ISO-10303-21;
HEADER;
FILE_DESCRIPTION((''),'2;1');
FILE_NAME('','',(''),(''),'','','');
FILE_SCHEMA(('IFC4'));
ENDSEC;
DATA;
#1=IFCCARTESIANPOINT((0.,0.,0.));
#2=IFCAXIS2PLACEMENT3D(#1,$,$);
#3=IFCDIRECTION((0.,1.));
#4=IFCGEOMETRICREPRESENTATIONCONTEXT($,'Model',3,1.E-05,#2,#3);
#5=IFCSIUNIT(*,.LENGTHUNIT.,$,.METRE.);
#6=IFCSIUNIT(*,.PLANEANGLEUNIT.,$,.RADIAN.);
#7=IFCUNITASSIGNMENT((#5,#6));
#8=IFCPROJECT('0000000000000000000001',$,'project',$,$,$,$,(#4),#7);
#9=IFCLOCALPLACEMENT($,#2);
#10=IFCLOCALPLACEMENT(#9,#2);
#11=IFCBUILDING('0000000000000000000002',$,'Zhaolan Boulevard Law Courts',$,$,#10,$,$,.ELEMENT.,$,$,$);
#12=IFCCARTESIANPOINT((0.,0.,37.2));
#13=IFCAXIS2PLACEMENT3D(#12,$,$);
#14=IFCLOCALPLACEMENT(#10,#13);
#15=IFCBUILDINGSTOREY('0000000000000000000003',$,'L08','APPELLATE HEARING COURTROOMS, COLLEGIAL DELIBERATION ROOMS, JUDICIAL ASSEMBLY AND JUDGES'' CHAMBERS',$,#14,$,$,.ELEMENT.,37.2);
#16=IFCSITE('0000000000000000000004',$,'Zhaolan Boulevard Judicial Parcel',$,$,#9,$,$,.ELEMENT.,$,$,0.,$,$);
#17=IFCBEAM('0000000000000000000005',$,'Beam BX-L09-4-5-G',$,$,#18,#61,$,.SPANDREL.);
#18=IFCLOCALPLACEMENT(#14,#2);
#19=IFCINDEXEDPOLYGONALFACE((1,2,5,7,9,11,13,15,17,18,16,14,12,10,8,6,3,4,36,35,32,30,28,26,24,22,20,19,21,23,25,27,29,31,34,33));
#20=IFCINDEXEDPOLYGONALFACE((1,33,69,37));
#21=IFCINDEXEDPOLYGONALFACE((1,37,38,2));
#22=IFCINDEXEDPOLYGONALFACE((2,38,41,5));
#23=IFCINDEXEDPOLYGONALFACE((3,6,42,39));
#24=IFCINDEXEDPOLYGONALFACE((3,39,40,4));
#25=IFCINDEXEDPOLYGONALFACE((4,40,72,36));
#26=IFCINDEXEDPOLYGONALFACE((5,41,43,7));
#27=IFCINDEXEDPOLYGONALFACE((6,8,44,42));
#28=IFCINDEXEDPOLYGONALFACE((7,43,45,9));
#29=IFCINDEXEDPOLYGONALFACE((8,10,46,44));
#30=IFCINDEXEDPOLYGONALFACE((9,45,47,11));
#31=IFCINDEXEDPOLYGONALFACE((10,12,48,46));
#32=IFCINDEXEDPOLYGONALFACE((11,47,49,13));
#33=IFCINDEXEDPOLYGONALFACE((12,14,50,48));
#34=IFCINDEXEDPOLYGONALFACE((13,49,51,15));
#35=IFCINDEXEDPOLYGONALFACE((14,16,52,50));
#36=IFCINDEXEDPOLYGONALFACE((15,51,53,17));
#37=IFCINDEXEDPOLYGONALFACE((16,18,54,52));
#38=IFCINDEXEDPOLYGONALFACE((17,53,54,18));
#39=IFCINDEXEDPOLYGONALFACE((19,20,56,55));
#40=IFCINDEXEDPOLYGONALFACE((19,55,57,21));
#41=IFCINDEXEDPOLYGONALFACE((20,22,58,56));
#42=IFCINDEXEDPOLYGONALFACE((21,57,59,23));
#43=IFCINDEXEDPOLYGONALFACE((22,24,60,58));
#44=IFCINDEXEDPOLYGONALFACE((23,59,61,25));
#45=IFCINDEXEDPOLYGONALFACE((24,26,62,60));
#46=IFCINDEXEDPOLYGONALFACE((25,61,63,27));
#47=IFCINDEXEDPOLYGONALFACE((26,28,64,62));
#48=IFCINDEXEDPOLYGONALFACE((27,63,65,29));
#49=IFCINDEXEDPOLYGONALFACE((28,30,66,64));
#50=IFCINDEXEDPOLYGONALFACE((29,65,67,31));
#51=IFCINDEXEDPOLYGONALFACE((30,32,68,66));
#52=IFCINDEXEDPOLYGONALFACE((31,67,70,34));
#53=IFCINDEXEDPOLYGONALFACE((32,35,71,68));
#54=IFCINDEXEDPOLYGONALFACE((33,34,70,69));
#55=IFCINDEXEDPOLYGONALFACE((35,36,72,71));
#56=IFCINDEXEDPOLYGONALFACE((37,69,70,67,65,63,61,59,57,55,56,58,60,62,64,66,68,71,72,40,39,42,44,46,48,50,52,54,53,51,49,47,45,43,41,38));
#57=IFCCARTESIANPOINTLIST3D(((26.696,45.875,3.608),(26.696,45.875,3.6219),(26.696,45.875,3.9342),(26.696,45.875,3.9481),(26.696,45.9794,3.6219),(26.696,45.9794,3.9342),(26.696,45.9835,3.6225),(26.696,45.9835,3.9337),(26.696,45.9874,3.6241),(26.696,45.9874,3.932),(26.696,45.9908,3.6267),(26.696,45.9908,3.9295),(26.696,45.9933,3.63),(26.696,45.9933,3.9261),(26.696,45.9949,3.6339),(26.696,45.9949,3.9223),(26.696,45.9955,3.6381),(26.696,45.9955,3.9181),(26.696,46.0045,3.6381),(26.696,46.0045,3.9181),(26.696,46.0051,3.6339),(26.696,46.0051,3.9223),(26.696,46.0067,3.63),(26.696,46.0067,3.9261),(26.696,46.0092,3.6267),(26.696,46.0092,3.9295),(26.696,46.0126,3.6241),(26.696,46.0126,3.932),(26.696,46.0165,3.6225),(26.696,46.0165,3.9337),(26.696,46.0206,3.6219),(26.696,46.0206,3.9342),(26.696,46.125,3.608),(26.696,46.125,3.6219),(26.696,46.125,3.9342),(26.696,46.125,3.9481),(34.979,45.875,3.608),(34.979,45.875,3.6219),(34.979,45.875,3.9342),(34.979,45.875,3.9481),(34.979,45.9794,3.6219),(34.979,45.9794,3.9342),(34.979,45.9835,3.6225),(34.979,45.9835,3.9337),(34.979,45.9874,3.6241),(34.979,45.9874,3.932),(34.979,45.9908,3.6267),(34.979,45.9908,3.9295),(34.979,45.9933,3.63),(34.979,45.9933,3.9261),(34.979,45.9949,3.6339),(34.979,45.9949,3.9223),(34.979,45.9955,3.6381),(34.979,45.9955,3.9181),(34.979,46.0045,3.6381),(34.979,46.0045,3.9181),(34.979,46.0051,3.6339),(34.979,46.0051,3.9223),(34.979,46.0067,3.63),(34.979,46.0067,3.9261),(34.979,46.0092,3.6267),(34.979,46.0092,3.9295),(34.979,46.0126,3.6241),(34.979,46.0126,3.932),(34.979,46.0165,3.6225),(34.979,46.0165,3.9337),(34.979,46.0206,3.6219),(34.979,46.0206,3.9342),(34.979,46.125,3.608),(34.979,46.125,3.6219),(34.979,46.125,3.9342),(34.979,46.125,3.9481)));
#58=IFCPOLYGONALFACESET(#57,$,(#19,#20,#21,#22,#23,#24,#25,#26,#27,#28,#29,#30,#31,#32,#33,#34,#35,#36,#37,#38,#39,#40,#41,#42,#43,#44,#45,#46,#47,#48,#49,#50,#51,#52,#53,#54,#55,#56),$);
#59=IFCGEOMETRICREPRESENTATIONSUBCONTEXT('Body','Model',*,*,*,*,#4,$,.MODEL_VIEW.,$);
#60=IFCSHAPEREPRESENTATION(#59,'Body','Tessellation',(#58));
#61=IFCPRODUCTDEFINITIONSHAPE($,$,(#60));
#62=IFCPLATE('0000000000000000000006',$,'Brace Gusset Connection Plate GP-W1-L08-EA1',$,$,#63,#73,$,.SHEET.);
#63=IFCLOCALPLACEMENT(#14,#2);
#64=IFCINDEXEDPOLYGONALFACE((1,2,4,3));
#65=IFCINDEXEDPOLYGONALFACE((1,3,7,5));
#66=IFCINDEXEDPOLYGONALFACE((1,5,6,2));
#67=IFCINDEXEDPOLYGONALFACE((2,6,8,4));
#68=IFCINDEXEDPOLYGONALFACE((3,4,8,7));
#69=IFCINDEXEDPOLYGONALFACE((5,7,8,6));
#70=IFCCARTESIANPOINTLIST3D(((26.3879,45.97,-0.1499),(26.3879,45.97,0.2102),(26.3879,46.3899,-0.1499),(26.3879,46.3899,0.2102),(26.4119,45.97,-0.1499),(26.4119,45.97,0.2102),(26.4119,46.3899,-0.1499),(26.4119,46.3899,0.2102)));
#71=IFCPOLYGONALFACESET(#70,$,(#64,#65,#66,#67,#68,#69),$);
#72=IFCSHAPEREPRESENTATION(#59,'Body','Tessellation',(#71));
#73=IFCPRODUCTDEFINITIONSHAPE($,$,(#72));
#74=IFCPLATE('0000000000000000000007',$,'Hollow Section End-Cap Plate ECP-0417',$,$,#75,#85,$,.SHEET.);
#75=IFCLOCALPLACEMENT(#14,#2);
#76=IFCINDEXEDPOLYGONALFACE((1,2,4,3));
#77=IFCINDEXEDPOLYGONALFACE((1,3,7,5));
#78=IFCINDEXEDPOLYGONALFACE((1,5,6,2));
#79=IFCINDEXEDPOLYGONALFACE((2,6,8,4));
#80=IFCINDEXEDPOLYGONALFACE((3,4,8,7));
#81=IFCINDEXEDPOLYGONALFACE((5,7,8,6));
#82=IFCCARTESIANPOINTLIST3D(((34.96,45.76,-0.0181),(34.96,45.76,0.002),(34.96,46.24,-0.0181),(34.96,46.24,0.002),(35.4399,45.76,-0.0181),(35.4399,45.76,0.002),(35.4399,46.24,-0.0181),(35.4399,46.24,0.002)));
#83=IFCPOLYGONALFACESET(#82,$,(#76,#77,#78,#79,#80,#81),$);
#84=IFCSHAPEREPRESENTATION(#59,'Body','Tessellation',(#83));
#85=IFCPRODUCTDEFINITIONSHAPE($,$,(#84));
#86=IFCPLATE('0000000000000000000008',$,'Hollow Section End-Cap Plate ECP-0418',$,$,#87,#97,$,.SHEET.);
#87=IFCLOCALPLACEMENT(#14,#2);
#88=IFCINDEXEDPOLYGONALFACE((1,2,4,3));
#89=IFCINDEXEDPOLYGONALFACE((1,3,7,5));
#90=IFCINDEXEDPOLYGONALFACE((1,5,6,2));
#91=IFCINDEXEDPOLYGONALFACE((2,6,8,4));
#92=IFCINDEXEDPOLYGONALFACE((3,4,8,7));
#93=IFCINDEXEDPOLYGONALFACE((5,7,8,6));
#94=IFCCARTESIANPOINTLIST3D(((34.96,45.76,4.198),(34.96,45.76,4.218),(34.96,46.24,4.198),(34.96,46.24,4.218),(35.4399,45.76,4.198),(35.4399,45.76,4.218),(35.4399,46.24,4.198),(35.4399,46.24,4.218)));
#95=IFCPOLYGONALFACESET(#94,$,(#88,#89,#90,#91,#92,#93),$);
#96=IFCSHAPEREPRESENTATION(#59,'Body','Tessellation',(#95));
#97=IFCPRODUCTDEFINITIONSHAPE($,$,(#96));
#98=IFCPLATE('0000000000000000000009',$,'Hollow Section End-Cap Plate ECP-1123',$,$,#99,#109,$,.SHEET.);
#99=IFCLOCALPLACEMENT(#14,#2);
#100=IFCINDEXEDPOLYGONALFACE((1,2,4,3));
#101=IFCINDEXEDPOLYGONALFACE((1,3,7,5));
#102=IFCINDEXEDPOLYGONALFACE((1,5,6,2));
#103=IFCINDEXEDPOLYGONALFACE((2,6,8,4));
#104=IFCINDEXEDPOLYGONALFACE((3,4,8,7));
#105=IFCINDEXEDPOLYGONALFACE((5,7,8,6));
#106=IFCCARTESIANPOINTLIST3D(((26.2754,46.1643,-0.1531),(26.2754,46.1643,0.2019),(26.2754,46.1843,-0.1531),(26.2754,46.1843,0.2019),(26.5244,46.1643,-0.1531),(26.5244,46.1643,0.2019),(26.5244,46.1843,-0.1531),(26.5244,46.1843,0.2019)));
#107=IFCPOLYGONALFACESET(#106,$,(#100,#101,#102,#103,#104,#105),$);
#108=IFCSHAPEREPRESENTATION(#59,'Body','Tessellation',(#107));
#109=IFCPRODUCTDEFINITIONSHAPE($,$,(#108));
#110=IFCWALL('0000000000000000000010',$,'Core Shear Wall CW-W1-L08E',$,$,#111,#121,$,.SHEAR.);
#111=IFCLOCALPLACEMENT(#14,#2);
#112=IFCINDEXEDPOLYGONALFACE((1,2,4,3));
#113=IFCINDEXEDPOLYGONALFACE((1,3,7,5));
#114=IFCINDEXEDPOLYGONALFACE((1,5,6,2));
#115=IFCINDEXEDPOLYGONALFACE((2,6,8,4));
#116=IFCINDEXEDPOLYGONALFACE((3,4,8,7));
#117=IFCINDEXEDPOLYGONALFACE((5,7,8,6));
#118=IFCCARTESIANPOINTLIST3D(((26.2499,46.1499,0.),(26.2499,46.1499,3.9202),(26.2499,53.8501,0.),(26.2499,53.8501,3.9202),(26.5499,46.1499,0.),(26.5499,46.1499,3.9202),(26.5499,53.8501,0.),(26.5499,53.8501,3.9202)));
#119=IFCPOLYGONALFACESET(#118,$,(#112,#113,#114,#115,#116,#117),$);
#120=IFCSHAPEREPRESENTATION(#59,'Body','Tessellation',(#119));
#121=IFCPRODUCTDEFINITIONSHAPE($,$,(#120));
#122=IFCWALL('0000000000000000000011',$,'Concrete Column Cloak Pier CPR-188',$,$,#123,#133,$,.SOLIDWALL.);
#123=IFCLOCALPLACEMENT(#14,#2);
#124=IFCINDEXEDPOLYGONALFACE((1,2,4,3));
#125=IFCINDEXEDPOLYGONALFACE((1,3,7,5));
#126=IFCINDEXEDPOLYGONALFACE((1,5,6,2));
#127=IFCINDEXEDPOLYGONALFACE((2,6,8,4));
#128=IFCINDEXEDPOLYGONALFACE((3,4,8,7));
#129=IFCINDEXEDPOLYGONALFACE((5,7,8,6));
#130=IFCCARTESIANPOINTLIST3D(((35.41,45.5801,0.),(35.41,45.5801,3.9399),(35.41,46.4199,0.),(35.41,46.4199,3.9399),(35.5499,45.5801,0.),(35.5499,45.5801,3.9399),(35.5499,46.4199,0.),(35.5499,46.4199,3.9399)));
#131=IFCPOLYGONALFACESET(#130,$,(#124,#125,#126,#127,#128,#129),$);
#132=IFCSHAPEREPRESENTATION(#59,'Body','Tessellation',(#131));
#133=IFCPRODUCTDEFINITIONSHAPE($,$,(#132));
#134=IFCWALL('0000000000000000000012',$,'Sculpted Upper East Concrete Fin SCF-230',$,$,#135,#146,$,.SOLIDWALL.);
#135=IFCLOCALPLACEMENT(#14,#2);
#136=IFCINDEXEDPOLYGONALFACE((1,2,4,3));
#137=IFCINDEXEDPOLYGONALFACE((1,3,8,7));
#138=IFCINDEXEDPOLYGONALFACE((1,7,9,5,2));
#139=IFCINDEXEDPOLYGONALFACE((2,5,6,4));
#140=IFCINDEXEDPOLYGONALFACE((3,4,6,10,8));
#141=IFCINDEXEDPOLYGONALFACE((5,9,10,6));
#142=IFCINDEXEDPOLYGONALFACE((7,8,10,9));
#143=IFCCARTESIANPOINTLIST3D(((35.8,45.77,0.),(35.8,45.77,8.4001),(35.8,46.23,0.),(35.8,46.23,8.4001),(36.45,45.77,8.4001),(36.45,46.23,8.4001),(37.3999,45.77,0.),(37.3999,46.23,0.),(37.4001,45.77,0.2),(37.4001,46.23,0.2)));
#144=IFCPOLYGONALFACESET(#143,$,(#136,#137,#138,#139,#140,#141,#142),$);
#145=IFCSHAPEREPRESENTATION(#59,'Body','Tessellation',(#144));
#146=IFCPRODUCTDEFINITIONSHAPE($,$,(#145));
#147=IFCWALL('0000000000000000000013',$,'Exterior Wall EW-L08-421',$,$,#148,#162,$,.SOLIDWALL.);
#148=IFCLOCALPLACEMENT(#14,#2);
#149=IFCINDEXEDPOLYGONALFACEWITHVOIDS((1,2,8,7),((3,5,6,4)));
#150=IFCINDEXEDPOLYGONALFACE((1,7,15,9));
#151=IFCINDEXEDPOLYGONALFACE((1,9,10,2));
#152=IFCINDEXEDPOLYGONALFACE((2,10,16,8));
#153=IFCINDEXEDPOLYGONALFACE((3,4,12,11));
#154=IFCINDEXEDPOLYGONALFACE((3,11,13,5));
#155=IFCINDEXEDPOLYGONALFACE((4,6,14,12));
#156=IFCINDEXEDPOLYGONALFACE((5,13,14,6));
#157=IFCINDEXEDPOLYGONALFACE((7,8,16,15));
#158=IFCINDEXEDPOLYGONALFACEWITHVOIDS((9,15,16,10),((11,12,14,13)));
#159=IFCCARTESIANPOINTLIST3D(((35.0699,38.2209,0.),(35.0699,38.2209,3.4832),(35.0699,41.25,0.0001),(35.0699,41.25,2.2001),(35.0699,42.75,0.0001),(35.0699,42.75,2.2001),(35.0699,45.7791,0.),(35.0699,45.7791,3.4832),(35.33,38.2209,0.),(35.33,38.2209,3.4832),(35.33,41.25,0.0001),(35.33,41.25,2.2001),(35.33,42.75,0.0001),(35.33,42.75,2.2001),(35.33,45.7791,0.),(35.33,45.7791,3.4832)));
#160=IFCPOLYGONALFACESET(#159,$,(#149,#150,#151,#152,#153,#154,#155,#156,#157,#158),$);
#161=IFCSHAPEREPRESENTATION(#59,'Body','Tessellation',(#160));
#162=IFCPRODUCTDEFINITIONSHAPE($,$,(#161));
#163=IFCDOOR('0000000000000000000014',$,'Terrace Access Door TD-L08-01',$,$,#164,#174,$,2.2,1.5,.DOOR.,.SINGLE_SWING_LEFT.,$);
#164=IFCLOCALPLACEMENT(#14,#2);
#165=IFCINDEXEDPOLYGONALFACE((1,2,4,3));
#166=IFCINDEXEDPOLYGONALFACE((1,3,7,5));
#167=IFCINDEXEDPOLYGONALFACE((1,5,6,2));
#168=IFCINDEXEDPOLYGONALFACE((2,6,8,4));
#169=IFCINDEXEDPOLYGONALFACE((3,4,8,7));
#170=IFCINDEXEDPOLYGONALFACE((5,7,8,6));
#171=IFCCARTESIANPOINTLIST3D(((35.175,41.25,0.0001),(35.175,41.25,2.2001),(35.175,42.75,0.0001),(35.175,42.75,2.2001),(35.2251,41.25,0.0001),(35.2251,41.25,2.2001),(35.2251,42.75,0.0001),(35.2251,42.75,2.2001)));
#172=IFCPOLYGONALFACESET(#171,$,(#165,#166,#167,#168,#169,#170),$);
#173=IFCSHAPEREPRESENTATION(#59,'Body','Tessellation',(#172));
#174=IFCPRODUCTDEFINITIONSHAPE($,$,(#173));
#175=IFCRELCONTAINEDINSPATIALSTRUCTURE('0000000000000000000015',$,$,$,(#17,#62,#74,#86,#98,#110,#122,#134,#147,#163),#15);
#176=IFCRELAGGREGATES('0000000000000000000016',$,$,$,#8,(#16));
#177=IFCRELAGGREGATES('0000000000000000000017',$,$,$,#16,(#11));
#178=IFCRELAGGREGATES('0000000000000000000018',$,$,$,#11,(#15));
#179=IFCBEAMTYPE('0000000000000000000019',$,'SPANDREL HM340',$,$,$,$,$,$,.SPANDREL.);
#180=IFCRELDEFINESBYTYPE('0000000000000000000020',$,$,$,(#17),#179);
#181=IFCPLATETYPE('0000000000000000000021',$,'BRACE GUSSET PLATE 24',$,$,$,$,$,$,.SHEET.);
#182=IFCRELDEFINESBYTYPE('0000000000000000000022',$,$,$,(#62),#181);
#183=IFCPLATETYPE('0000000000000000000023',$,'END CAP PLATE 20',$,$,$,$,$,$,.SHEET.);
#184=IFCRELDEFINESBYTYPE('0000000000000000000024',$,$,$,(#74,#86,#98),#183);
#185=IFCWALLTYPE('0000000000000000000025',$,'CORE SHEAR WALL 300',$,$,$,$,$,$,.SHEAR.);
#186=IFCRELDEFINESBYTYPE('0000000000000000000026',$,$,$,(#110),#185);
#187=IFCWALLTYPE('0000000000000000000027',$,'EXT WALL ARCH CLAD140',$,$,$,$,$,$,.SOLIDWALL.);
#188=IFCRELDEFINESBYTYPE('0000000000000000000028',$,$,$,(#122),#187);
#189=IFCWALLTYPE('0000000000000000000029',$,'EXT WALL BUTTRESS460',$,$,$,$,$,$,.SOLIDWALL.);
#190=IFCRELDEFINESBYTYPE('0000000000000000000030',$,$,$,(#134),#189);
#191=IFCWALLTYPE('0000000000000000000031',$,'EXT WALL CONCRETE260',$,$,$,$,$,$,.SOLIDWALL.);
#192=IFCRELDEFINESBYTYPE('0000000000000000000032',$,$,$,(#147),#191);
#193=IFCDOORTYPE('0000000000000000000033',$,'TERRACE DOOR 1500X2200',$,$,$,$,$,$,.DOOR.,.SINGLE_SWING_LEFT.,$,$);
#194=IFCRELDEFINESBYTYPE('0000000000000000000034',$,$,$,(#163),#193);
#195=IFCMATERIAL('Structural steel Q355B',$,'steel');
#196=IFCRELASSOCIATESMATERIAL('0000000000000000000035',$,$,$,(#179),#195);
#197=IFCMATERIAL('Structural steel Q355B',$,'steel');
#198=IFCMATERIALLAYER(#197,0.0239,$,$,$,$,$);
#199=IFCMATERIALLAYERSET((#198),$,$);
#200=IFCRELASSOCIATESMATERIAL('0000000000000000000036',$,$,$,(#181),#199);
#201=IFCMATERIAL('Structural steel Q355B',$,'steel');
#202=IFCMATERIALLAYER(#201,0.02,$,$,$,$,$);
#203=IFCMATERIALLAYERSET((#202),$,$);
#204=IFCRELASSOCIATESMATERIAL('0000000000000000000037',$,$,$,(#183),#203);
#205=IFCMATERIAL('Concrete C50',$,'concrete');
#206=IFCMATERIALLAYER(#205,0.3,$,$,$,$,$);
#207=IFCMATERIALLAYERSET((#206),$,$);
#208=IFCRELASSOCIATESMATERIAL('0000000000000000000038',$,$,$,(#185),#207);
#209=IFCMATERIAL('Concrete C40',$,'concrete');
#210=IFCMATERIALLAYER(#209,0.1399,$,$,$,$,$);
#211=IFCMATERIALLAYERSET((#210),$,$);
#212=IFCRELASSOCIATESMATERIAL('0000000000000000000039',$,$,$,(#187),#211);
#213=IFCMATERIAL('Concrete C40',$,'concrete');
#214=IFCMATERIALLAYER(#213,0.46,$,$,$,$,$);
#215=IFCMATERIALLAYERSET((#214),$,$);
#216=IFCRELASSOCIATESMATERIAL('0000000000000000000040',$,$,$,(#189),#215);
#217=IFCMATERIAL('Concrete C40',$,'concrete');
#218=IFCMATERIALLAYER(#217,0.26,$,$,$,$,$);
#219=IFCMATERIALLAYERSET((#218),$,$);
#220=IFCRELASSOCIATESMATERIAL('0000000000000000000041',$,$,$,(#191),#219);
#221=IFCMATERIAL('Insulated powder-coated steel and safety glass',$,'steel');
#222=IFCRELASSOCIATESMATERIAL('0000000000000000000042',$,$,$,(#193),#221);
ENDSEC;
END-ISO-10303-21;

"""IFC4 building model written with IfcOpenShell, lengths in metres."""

from ifc_helpers import new_model, si_unit, direction, frame, frame_2d, origin, origin_2d, place, context, subcontext, project, spatial, polyline, rectangle, i_section, outline, extrude, material, layer, layer_set, material_profile, profile_set, type_object, element, fill, save


model = new_model("IFC4")

# Units and contexts
model_context = context("Model", 3, precision=1e-05, world=origin(), true_north=direction((0.0, 1.0)))
body_context = subcontext(model_context, "Body", "Model", "MODEL_VIEW")
ifc_project = project(units=[si_unit("LENGTHUNIT", "METRE"), si_unit("PLANEANGLEUNIT", "RADIAN")], contexts=[model_context])

# Site, building, storey
site_placement = place(None, origin())
site = spatial("IfcSite", under=ifc_project, at=site_placement, Name="Zhaolan Boulevard Judicial Parcel", CompositionType="ELEMENT", RefElevation=0.0)
building_placement = place(site_placement, origin())
building = spatial("IfcBuilding", under=site, at=building_placement, Name="Zhaolan Boulevard Law Courts", CompositionType="ELEMENT")
storey_placement = place(building_placement, frame((0.0, 0.0, 37.2)))
storey = spatial("IfcBuildingStorey", under=building, at=storey_placement, Name="L08", Description="APPELLATE HEARING COURTROOMS, COLLEGIAL DELIBERATION ROOMS, JUDICIAL ASSEMBLY AND JUDGES' CHAMBERS", CompositionType="ELEMENT", Elevation=37.2)

# Beam
ifc_material_1 = material(Name="Structural steel Q355B", Category="steel")
ifc_material_profile_1 = material_profile(ifc_material_1, i_section(OverallWidth=0.25, OverallDepth=0.3401, WebThickness=0.009, FlangeThickness=0.0139, FilletRadius=0.0161, at=origin_2d()), Name="HM340x250")
ifc_profile_set_1 = profile_set([ifc_material_profile_1], Name="Structural steel Q355B")
beam_type_1 = type_object("IfcBeamType", Name="SPANDREL HM340", PredefinedType="SPANDREL", material=ifc_profile_set_1)
beam_1_placement = place(storey_placement, frame((26.696, 46.0, 3.7781), z_axis=(1.0, 0.0, 0.0), x_axis=(0.0, 1.0, 0.0)))
element("IfcBeam", 1, at=beam_1_placement, inside=storey, type_object=beam_type_1, Name="Beam BX-L09-4-5-G", PredefinedType="SPANDREL", context=body_context, shape_type="SweptSolid", body=[
    extrude(i_section(OverallWidth=0.25, OverallDepth=0.3401, WebThickness=0.009, FlangeThickness=0.0139, FilletRadius=0.0161, at=origin_2d()), origin(), (0.0, 0.0, 1.0), 8.283),
])

# Plates
ifc_material_2 = material(Name="Structural steel Q355B", Category="steel")
ifc_layer_1 = layer(ifc_material_2, 0.0239)
ifc_layer_set_1 = layer_set([ifc_layer_1])
plate_type_1 = type_object("IfcPlateType", Name="BRACE GUSSET PLATE 24", PredefinedType="SHEET", material=ifc_layer_set_1)
plate_1_placement = place(storey_placement, frame((26.3999, 46.1799, -0.1499), z_axis=(0.0, 0.0, 1.0), x_axis=(0.0, 1.0, 0.0)))
element("IfcPlate", 2, at=plate_1_placement, inside=storey, type_object=plate_type_1, Name="Brace Gusset Connection Plate GP-W1-L08-EA1", PredefinedType="SHEET", context=body_context, shape_type="SweptSolid", body=[
    extrude(rectangle(XDim=0.4199, YDim=0.0239, at=origin_2d()), origin(), (0.0, 0.0, 1.0), 0.3601),
])
ifc_material_3 = material(Name="Structural steel Q355B", Category="steel")
ifc_layer_2 = layer(ifc_material_3, 0.02)
ifc_layer_set_2 = layer_set([ifc_layer_2])
plate_type_2 = type_object("IfcPlateType", Name="END CAP PLATE 20", PredefinedType="SHEET", material=ifc_layer_set_2)
for number, where, z_axis, x_axis, name in (
    (3, (35.2, 46.0, -0.0181), (0.0, 0.0, 1.0), (1.0, 0.0, 0.0), "Hollow Section End-Cap Plate ECP-0417"),
    (4, (35.2, 46.0, 4.198), (0.0, 0.0, 1.0), (1.0, 0.0, 0.0), "Hollow Section End-Cap Plate ECP-0418"),
):
    element("IfcPlate", number, at=place(storey_placement, frame(where, z_axis=z_axis, x_axis=x_axis)), inside=storey, type_object=plate_type_2, Name=name, PredefinedType="SHEET", context=body_context, shape_type="SweptSolid", body=[
        extrude(rectangle(XDim=0.48, YDim=0.48, at=origin_2d()), origin(), (0.0, 0.0, 1.0), 0.02),
    ])
plate_2_placement = place(storey_placement, frame((26.3999, 46.1743, -0.1531), z_axis=(0.0, 0.0, 1.0), x_axis=(0.0, 1.0, 0.0)))
element("IfcPlate", 5, at=plate_2_placement, inside=storey, type_object=plate_type_2, Name="Hollow Section End-Cap Plate ECP-1123", PredefinedType="SHEET", context=body_context, shape_type="SweptSolid", body=[
    extrude(rectangle(XDim=0.02, YDim=0.249, at=origin_2d()), origin(), (0.0, 0.0, 1.0), 0.355),
])

# Walls
ifc_material_4 = material(Name="Concrete C50", Category="concrete")
ifc_layer_3 = layer(ifc_material_4, 0.3)
ifc_layer_set_3 = layer_set([ifc_layer_3])
wall_type_1 = type_object("IfcWallType", Name="CORE SHEAR WALL 300", PredefinedType="SHEAR", material=ifc_layer_set_3)
wall_1_placement = place(storey_placement, frame((26.3999, 46.1499, 0.0), z_axis=(0.0, 0.0, 1.0), x_axis=(0.0, 1.0, 0.0)))
element("IfcWall", 6, at=wall_1_placement, inside=storey, type_object=wall_type_1, Name="Core Shear Wall CW-W1-L08E", PredefinedType="SHEAR", context=body_context, shape_type="SweptSolid", body=[
    extrude(rectangle(XDim=7.7002, YDim=0.3, at=frame_2d((3.8501, 0.0))), origin(), (0.0, 0.0, 1.0), 3.9202),
])
ifc_material_5 = material(Name="Concrete C40", Category="concrete")
ifc_layer_4 = layer(ifc_material_5, 0.1399)
ifc_layer_set_4 = layer_set([ifc_layer_4])
wall_type_2 = type_object("IfcWallType", Name="EXT WALL ARCH CLAD140", PredefinedType="SOLIDWALL", material=ifc_layer_set_4)
wall_2_placement = place(storey_placement, frame((35.48, 45.5801, 0.0), z_axis=(0.0, 0.0, 1.0), x_axis=(0.0, 1.0, 0.0)))
element("IfcWall", 7, at=wall_2_placement, inside=storey, type_object=wall_type_2, Name="Concrete Column Cloak Pier CPR-188", PredefinedType="SOLIDWALL", context=body_context, shape_type="SweptSolid", body=[
    extrude(rectangle(XDim=0.8398, YDim=0.1399, at=frame_2d((0.4199, 0.0))), origin(), (0.0, 0.0, 1.0), 3.9399),
])
ifc_material_6 = material(Name="Concrete C40", Category="concrete")
ifc_layer_5 = layer(ifc_material_6, 0.46)
ifc_layer_set_5 = layer_set([ifc_layer_5])
wall_type_3 = type_object("IfcWallType", Name="EXT WALL BUTTRESS460", PredefinedType="SOLIDWALL", material=ifc_layer_set_5)
wall_3_placement = place(storey_placement, frame((35.8, 46.0, 0.0), z_axis=(0.0, 0.0, 1.0), x_axis=(1.0, 0.0, 0.0)))
element("IfcWall", 8, at=wall_3_placement, inside=storey, type_object=wall_type_3, Name="Sculpted Upper East Concrete Fin SCF-230", PredefinedType="SOLIDWALL", context=body_context, shape_type="SweptSolid", body=[
    extrude(outline(polyline([(0.0, 0.0), (1.5999, 0.0), (1.6001, 0.2), (0.6499, 8.4001), (0.0, 8.4001), (0.0, 0.0)])), frame((0.0, 0.23, 0.0), z_axis=(0.0, -1.0, 0.0), x_axis=(1.0, 0.0, 0.0)), (0.0, 0.0, 1.0), 0.46),
])

# Wall, opening, door
ifc_material_7 = material(Name="Concrete C40", Category="concrete")
ifc_layer_6 = layer(ifc_material_7, 0.26)
ifc_layer_set_6 = layer_set([ifc_layer_6])
wall_type_4 = type_object("IfcWallType", Name="EXT WALL CONCRETE260", PredefinedType="SOLIDWALL", material=ifc_layer_set_6)
wall_4_placement = place(storey_placement, frame((35.2, 38.2209, 0.0), z_axis=(0.0, 0.0, 1.0), x_axis=(0.0, 1.0, 0.0)))
wall_4 = element("IfcWall", 9, at=wall_4_placement, inside=storey, type_object=wall_type_4, Name="Exterior Wall EW-L08-421", PredefinedType="SOLIDWALL", context=body_context, shape_type="SweptSolid", body=[
    extrude(rectangle(XDim=7.5581, YDim=0.26, at=frame_2d((3.7791, 0.0))), origin(), (0.0, 0.0, 1.0), 3.4832),
])
opening_1_placement = place(wall_4_placement, frame((3.0291, 0.0, 0.0)))
opening_1 = element("IfcOpeningElement", 10, at=opening_1_placement, cuts=wall_4, PredefinedType="OPENING", context=body_context, shape_type="SweptSolid", body=[
    extrude(rectangle(XDim=1.5, YDim=2.2, at=frame_2d((0.75, 1.1001))), frame((0.0, 0.1399, 0.0), z_axis=(0.0, -1.0, 0.0), x_axis=(1.0, 0.0, 0.0)), (0.0, 0.0, 1.0), 0.28),
])
ifc_material_8 = material(Name="Insulated powder-coated steel and safety glass", Category="steel")
door_type_1 = type_object("IfcDoorType", Name="TERRACE DOOR 1500X2200", OperationType="SINGLE_SWING_LEFT", PredefinedType="DOOR", material=ifc_material_8)
door_1_placement = place(opening_1_placement, origin())
door_1 = element("IfcDoor", 11, at=door_1_placement, inside=storey, type_object=door_type_1, Name="Terrace Access Door TD-L08-01", OperationType="SINGLE_SWING_LEFT", OverallHeight=2.2, OverallWidth=1.5, PredefinedType="DOOR", context=body_context, shape_type="SweptSolid", body=[
    extrude(rectangle(XDim=1.5, YDim=2.2, at=frame_2d((0.75, 1.1001))), frame((0.0, 0.0249, 0.0), z_axis=(0.0, -1.0, 0.0), x_axis=(1.0, 0.0, 0.0)), (0.0, 0.0, 1.0), 0.05),
])
fill(opening_1, door_1)

save(model, "model.ifc")
